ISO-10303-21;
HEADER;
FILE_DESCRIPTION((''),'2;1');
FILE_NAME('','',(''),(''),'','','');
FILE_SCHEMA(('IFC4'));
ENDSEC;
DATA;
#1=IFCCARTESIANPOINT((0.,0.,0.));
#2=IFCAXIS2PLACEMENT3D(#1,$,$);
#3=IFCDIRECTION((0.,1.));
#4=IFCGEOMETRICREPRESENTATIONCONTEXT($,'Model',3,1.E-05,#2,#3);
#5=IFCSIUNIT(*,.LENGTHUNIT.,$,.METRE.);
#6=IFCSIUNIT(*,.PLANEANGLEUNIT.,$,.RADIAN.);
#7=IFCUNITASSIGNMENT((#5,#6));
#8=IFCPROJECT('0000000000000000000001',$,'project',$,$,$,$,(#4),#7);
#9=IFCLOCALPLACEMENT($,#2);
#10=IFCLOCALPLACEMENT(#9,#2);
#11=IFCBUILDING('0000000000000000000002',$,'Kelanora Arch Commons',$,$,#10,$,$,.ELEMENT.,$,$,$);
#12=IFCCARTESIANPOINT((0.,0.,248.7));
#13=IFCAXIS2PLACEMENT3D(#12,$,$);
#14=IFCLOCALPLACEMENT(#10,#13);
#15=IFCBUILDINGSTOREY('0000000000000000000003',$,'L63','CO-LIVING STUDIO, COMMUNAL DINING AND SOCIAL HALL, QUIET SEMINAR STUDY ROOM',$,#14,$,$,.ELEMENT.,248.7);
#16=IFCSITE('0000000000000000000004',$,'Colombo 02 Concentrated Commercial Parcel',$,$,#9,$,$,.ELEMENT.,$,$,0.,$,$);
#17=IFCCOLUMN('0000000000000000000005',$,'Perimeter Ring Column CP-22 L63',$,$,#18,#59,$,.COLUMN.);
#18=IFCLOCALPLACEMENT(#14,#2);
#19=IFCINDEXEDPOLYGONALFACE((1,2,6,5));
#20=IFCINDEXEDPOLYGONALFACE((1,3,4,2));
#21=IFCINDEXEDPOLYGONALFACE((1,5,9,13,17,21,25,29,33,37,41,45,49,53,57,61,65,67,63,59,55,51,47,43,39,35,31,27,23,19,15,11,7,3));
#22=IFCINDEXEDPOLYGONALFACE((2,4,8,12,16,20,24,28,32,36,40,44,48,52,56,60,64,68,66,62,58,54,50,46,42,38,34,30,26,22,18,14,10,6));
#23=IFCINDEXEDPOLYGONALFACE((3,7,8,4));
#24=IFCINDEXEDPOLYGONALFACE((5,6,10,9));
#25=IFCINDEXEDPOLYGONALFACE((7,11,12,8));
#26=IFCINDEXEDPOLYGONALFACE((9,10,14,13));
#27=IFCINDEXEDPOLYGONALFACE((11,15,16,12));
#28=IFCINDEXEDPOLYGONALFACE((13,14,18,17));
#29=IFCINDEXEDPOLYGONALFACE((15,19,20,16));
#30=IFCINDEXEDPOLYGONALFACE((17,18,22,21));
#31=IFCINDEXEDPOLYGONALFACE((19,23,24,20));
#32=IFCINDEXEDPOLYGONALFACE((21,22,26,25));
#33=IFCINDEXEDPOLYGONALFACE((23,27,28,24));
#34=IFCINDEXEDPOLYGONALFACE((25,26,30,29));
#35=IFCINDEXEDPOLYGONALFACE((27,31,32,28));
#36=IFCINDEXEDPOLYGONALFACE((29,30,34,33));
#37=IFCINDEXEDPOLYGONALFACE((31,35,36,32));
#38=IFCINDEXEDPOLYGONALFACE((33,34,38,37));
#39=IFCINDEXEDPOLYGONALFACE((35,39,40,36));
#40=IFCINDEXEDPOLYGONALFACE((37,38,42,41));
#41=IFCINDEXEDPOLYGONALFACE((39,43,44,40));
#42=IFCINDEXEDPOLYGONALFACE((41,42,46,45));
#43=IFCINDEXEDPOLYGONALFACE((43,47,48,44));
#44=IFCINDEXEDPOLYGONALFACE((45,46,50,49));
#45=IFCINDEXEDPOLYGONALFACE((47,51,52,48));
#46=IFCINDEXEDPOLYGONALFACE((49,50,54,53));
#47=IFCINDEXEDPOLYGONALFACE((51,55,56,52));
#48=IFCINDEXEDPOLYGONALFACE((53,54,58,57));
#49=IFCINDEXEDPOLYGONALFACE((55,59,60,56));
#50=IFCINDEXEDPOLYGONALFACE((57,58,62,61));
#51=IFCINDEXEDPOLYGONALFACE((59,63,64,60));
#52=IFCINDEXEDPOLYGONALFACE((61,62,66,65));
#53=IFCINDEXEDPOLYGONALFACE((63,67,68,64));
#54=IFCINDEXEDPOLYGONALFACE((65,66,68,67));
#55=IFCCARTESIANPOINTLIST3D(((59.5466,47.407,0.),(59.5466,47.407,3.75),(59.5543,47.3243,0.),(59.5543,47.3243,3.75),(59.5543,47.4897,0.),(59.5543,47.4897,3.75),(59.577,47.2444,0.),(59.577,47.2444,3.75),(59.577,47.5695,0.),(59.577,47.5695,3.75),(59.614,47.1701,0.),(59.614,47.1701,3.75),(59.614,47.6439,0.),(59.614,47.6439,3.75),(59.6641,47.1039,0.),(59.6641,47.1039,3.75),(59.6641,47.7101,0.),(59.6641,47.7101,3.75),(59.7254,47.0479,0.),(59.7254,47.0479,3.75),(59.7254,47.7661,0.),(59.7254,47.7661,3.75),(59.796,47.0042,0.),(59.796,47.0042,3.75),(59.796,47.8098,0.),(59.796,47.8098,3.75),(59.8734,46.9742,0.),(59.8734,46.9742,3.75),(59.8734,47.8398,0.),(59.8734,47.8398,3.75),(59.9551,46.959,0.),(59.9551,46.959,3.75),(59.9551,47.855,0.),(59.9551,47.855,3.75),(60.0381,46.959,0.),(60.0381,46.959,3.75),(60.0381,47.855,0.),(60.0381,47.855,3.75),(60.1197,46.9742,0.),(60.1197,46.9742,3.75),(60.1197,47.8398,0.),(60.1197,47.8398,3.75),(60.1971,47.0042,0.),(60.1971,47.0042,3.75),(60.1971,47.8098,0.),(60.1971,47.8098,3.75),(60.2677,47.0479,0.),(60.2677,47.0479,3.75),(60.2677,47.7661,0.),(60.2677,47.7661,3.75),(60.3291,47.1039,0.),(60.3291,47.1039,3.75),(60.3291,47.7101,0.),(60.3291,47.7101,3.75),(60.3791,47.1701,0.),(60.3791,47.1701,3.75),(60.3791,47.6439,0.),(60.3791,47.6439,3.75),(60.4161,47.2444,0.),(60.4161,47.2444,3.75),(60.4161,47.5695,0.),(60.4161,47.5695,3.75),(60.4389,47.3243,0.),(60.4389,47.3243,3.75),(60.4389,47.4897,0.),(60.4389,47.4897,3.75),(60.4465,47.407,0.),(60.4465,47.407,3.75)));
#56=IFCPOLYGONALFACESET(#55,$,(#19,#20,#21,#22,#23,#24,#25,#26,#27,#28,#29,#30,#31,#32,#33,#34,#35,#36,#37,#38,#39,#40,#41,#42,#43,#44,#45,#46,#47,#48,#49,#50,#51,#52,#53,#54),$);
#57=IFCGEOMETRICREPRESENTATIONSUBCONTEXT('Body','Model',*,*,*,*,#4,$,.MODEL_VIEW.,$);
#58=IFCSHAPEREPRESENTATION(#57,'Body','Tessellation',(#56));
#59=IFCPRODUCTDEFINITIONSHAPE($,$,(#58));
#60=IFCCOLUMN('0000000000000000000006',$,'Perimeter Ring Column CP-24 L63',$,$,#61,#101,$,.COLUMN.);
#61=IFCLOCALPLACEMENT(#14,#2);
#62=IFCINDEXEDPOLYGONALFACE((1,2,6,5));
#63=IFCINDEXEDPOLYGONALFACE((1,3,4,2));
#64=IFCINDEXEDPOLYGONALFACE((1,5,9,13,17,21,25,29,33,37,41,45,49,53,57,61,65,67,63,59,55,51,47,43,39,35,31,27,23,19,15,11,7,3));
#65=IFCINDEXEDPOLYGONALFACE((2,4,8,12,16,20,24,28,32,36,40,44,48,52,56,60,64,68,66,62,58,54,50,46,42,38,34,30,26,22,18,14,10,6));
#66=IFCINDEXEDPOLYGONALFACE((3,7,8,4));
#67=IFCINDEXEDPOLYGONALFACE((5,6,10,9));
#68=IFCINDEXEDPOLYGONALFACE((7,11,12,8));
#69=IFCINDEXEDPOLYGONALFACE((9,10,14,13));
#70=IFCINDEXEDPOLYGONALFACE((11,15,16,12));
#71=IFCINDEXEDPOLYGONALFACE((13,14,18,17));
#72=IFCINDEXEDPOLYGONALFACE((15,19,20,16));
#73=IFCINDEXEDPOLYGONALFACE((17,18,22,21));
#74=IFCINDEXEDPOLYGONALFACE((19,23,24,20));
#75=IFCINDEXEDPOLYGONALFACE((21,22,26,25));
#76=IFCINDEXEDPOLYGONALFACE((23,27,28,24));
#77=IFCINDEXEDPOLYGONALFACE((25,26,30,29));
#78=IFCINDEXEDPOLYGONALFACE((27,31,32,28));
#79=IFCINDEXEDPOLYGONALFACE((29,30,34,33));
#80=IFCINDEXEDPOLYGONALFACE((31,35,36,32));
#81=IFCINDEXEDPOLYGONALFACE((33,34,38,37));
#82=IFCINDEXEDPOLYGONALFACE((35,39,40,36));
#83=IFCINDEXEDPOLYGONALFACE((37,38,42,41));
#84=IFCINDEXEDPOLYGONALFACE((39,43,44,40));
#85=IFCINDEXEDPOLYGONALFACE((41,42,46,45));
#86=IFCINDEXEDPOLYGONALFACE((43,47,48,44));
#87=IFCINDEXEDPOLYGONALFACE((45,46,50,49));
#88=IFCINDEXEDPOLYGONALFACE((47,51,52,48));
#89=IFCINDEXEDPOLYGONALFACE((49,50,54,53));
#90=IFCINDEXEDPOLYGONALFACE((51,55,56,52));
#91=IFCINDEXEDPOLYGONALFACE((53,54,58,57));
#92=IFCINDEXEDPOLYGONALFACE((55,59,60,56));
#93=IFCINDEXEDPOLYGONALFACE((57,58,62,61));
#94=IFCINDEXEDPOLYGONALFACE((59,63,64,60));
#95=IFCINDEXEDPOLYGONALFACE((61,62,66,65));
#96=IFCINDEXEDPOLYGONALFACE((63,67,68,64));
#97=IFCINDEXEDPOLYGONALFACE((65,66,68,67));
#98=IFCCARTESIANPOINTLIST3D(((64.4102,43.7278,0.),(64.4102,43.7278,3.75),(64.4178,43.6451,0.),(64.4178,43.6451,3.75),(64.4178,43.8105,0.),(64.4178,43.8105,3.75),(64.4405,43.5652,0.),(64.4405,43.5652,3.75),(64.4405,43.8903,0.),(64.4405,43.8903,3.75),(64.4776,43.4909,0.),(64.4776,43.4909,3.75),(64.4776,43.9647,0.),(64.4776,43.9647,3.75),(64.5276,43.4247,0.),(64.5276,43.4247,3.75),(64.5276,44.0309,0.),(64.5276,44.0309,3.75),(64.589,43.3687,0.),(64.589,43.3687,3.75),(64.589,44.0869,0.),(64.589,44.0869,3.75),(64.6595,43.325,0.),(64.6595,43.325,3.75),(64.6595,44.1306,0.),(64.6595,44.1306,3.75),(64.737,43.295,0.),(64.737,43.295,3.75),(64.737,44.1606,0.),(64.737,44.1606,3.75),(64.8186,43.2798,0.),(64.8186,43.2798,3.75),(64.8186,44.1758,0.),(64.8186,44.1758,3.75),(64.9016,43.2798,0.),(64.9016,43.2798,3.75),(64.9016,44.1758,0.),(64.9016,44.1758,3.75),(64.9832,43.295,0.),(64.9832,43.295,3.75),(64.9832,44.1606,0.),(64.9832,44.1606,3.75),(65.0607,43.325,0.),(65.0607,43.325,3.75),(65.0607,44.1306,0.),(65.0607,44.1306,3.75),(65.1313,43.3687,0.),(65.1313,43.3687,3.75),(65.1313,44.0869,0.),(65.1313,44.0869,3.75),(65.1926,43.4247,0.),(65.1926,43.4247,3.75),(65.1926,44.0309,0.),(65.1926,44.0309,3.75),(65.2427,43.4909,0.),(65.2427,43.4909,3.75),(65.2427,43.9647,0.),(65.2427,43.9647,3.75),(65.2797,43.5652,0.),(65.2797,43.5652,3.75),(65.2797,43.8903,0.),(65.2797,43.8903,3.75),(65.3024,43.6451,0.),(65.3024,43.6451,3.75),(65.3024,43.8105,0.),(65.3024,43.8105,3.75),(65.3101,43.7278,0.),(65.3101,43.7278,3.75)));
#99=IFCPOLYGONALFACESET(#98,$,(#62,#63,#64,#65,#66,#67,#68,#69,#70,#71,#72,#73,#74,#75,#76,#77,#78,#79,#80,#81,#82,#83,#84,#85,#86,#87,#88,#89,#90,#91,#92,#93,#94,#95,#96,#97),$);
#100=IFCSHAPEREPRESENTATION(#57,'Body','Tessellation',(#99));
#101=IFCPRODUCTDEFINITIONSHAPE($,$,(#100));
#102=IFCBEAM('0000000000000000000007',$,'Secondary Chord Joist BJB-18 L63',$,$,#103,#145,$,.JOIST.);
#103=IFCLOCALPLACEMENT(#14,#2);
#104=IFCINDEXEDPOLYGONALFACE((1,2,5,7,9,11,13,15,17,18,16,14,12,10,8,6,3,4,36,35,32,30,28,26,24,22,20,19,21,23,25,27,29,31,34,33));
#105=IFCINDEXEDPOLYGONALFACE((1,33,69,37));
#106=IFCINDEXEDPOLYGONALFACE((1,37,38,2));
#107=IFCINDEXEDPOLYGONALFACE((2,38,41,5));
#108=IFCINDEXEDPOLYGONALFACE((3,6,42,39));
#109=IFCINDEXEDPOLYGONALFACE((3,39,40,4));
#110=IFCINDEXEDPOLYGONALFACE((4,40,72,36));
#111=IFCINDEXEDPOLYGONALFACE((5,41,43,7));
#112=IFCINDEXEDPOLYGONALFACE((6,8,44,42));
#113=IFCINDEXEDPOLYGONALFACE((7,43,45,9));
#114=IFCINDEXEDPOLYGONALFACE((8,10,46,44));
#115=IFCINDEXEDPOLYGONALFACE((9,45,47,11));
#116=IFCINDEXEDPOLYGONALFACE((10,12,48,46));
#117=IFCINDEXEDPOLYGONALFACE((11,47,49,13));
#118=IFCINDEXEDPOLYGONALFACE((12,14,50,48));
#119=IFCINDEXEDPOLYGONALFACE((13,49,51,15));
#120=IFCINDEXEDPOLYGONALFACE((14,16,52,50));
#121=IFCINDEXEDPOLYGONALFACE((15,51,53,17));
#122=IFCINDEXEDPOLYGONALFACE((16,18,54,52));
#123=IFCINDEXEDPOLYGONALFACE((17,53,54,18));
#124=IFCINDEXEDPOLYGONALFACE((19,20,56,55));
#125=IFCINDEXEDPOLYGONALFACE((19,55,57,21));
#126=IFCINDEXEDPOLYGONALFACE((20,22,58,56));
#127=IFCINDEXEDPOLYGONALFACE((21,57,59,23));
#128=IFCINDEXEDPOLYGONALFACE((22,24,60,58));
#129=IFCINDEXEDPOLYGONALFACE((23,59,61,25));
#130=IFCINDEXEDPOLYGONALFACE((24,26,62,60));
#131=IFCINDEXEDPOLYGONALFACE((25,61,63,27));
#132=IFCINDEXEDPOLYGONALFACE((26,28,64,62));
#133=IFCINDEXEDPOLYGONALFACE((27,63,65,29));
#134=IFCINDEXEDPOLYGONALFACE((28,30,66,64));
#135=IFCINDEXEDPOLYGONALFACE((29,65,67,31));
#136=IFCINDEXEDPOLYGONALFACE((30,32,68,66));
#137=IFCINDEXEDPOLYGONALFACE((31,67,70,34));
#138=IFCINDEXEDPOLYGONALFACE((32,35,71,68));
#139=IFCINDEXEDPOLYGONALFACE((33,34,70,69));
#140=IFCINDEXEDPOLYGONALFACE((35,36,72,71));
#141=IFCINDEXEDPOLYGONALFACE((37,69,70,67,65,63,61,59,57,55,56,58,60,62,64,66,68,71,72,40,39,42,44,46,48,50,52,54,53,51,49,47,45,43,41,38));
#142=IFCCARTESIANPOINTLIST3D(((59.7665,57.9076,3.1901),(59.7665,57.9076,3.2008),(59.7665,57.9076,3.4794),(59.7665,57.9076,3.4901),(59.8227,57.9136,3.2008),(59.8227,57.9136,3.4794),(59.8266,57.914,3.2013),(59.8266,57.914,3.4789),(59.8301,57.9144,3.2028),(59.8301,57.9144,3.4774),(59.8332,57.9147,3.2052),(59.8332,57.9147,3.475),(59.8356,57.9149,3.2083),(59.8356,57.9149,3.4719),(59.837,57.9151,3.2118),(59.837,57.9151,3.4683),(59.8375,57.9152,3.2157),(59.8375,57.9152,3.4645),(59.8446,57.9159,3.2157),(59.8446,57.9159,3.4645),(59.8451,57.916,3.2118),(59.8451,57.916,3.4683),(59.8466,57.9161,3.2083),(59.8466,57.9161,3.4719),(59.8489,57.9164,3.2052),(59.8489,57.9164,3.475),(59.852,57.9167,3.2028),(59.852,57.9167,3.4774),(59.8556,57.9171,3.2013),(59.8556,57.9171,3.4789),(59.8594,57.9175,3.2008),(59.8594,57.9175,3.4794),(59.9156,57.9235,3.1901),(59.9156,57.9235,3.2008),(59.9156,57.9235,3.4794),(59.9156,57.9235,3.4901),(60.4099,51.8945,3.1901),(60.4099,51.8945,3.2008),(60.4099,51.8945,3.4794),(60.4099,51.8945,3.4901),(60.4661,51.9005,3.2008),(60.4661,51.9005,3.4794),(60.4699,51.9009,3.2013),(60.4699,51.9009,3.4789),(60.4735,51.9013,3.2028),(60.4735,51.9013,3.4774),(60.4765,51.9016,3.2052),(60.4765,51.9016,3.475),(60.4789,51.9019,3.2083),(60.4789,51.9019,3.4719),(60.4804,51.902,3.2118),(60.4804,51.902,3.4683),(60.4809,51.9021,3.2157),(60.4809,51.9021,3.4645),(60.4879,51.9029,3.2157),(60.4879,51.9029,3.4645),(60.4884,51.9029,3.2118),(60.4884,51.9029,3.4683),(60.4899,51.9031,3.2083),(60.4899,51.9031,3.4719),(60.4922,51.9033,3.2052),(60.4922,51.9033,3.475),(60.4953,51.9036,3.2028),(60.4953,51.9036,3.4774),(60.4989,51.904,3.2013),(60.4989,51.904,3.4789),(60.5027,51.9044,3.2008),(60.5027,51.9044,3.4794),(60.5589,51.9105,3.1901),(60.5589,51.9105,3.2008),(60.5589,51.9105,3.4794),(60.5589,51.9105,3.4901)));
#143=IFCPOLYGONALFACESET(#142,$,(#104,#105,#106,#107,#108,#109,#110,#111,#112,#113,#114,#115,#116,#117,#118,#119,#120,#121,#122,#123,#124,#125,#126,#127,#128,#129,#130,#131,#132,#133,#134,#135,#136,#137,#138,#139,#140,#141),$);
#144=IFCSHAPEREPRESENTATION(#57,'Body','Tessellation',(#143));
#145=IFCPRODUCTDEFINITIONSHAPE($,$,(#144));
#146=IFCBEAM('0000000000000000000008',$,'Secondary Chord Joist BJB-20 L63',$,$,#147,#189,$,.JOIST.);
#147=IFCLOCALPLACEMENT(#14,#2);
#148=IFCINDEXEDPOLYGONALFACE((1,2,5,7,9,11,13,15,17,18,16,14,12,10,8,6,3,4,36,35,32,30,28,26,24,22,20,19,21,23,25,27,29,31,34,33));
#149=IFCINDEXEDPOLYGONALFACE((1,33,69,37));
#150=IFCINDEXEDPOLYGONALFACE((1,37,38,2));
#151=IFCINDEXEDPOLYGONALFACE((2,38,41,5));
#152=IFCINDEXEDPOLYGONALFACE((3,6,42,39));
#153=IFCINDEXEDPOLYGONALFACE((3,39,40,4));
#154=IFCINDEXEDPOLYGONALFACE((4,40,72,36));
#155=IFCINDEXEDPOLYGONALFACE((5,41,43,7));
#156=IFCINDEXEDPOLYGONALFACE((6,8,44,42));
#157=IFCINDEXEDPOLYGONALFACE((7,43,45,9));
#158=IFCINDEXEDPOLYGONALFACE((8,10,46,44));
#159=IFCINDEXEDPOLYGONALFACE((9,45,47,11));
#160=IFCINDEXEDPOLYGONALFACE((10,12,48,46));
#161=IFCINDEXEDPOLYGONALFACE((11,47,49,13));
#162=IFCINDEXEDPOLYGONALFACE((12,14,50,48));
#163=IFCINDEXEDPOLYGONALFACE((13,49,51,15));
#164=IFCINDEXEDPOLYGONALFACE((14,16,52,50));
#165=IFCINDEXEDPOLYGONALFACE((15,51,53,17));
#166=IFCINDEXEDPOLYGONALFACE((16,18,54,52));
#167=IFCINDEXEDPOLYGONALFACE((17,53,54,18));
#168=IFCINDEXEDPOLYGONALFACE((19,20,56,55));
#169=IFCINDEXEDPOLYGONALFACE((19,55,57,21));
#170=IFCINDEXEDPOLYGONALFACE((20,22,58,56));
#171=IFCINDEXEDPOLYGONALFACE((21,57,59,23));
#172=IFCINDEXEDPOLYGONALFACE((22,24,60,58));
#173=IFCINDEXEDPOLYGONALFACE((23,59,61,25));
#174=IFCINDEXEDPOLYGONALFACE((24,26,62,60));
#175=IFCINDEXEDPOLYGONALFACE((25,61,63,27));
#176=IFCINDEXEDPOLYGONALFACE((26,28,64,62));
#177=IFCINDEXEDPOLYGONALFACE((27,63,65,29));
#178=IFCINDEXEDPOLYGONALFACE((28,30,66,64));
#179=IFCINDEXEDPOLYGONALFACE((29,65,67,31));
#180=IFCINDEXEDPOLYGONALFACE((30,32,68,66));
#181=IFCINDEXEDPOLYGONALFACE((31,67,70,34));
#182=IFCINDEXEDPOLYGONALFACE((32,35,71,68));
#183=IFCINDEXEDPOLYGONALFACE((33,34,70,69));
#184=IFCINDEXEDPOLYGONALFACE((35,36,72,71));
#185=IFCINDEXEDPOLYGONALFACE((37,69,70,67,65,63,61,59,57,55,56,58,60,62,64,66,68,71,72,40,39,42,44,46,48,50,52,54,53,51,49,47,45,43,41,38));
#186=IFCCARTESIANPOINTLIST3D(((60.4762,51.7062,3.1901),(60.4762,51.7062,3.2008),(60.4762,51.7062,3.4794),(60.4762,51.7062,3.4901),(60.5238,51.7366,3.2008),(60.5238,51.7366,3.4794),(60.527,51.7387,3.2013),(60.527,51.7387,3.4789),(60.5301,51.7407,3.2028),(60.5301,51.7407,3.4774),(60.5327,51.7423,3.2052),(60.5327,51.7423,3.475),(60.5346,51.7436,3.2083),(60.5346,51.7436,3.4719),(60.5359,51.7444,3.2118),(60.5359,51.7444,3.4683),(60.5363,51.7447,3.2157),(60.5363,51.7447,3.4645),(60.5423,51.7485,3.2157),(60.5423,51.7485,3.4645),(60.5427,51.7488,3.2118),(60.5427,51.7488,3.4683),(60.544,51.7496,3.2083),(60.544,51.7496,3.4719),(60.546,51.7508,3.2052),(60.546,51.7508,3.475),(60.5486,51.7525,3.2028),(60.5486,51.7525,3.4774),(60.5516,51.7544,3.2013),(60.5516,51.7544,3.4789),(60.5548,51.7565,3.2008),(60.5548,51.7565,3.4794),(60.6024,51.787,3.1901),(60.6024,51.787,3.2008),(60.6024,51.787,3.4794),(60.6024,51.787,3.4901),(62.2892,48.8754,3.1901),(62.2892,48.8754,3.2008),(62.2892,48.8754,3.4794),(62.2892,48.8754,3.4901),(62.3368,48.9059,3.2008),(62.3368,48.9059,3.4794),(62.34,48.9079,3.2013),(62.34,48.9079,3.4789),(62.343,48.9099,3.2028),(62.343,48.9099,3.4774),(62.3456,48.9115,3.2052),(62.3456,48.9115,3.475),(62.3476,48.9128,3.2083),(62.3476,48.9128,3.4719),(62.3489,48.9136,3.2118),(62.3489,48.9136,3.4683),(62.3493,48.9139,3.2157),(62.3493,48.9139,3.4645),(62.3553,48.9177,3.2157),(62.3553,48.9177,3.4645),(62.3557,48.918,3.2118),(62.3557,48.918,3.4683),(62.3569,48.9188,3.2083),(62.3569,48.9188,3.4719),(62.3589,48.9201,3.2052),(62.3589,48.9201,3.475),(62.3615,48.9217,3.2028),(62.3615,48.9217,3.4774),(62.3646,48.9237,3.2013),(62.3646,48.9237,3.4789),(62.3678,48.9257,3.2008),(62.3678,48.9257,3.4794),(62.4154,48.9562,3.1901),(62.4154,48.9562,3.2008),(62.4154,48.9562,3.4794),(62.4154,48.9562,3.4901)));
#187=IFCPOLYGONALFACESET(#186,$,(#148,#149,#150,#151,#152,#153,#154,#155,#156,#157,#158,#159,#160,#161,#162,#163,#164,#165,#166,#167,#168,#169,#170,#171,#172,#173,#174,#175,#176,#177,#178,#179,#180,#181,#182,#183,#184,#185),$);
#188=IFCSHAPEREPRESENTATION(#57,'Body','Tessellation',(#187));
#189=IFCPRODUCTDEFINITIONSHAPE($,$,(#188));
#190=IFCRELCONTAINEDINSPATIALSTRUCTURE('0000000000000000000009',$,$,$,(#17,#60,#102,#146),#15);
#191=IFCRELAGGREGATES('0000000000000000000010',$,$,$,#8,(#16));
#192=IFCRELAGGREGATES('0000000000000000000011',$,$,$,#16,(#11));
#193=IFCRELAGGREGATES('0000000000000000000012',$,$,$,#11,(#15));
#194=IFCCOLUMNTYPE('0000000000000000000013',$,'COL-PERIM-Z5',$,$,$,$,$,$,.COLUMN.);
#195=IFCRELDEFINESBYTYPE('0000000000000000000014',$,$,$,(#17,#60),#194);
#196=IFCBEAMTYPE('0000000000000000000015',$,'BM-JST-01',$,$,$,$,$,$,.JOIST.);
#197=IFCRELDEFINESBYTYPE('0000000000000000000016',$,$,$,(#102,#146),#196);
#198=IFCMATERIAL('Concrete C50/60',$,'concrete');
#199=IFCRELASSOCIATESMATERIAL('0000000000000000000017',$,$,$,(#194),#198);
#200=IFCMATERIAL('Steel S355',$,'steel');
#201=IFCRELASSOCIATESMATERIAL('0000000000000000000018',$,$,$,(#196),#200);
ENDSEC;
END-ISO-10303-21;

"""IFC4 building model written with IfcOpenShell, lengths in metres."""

from ifc_helpers import new_model, si_unit, direction, frame, origin, origin_2d, place, context, subcontext, project, spatial, circle, i_section, extrude, material, material_profile, profile_set, type_object, element, save


model = new_model("IFC4")

# Units and contexts
model_context = context("Model", 3, precision=1e-05, world=origin(), true_north=direction((0.0, 1.0)))
body_context = subcontext(model_context, "Body", "Model", "MODEL_VIEW")
ifc_project = project(units=[si_unit("LENGTHUNIT", "METRE"), si_unit("PLANEANGLEUNIT", "RADIAN")], contexts=[model_context])

# Site, building, storey
site_placement = place(None, origin())
site = spatial("IfcSite", under=ifc_project, at=site_placement, Name="Colombo 02 Concentrated Commercial Parcel", CompositionType="ELEMENT", RefElevation=0.0)
building_placement = place(site_placement, origin())
building = spatial("IfcBuilding", under=site, at=building_placement, Name="Kelanora Arch Commons", CompositionType="ELEMENT")
storey_placement = place(building_placement, frame((0.0, 0.0, 248.7)))
storey = spatial("IfcBuildingStorey", under=building, at=storey_placement, Name="L63", Description="CO-LIVING STUDIO, COMMUNAL DINING AND SOCIAL HALL, QUIET SEMINAR STUDY ROOM", CompositionType="ELEMENT", Elevation=248.7)

# Columns
ifc_material_1 = material(Name="Concrete C50/60", Category="concrete")
ifc_material_profile_1 = material_profile(ifc_material_1, circle(Radius=0.45, at=origin_2d()), Name="RCC900")
ifc_profile_set_1 = profile_set([ifc_material_profile_1], Name="Concrete C50/60")
column_type = type_object("IfcColumnType", Name="COL-PERIM-Z5", PredefinedType="COLUMN", material=ifc_profile_set_1)
for number, where, z_axis, x_axis, name in (
    (1, (59.9966, 47.407, 0.0), (0.0, 0.0, 1.0), (1.0, 0.0, 0.0), "Perimeter Ring Column CP-22 L63"),
    (2, (64.8601, 43.7278, 0.0), (0.0, 0.0, 1.0), (1.0, 0.0, 0.0), "Perimeter Ring Column CP-24 L63"),
):
    element("IfcColumn", number, at=place(storey_placement, frame(where, z_axis=z_axis, x_axis=x_axis)), inside=storey, type_object=column_type, Name=name, PredefinedType="COLUMN", context=body_context, shape_type="SweptSolid", body=[
        extrude(circle(Radius=0.45, at=origin_2d()), origin(), (0.0, 0.0, 1.0), 3.75),
    ])

# Beams
ifc_material_2 = material(Name="Steel S355", Category="steel")
ifc_material_profile_2 = material_profile(ifc_material_2, i_section(OverallWidth=0.1499, OverallDepth=0.3, WebThickness=0.0071, FlangeThickness=0.0107, FilletRadius=0.0149, at=origin_2d()), Name="IPE300")
ifc_profile_set_2 = profile_set([ifc_material_profile_2], Name="Steel S355")
beam_type_1 = type_object("IfcBeamType", Name="BM-JST-01", PredefinedType="JOIST", material=ifc_profile_set_2)
beam_1_placement = place(storey_placement, frame((59.8411, 57.9155, 3.3401), z_axis=(0.106381, -0.994325, 0.0), x_axis=(0.994325, 0.106381, 0.0)))
element("IfcBeam", 3, at=beam_1_placement, inside=storey, type_object=beam_type_1, Name="Secondary Chord Joist BJB-18 L63", PredefinedType="JOIST", context=body_context, shape_type="SweptSolid", body=[
    extrude(i_section(OverallWidth=0.1499, OverallDepth=0.3, WebThickness=0.0071, FlangeThickness=0.0107, FilletRadius=0.0149, at=origin_2d()), origin(), (0.0, 0.0, 1.0), 6.0474),
])
beam_2_placement = place(storey_placement, frame((60.5393, 51.7466, 3.3401), z_axis=(0.539322, -0.8421, 0.0), x_axis=(0.8421, 0.539322, 0.0)))
element("IfcBeam", 4, at=beam_2_placement, inside=storey, type_object=beam_type_1, Name="Secondary Chord Joist BJB-20 L63", PredefinedType="JOIST", context=body_context, shape_type="SweptSolid", body=[
    extrude(i_section(OverallWidth=0.1499, OverallDepth=0.3, WebThickness=0.0071, FlangeThickness=0.0107, FilletRadius=0.0149, at=origin_2d()), origin(), (0.0, 0.0, 1.0), 3.3616),
])

save(model, "model.ifc")
